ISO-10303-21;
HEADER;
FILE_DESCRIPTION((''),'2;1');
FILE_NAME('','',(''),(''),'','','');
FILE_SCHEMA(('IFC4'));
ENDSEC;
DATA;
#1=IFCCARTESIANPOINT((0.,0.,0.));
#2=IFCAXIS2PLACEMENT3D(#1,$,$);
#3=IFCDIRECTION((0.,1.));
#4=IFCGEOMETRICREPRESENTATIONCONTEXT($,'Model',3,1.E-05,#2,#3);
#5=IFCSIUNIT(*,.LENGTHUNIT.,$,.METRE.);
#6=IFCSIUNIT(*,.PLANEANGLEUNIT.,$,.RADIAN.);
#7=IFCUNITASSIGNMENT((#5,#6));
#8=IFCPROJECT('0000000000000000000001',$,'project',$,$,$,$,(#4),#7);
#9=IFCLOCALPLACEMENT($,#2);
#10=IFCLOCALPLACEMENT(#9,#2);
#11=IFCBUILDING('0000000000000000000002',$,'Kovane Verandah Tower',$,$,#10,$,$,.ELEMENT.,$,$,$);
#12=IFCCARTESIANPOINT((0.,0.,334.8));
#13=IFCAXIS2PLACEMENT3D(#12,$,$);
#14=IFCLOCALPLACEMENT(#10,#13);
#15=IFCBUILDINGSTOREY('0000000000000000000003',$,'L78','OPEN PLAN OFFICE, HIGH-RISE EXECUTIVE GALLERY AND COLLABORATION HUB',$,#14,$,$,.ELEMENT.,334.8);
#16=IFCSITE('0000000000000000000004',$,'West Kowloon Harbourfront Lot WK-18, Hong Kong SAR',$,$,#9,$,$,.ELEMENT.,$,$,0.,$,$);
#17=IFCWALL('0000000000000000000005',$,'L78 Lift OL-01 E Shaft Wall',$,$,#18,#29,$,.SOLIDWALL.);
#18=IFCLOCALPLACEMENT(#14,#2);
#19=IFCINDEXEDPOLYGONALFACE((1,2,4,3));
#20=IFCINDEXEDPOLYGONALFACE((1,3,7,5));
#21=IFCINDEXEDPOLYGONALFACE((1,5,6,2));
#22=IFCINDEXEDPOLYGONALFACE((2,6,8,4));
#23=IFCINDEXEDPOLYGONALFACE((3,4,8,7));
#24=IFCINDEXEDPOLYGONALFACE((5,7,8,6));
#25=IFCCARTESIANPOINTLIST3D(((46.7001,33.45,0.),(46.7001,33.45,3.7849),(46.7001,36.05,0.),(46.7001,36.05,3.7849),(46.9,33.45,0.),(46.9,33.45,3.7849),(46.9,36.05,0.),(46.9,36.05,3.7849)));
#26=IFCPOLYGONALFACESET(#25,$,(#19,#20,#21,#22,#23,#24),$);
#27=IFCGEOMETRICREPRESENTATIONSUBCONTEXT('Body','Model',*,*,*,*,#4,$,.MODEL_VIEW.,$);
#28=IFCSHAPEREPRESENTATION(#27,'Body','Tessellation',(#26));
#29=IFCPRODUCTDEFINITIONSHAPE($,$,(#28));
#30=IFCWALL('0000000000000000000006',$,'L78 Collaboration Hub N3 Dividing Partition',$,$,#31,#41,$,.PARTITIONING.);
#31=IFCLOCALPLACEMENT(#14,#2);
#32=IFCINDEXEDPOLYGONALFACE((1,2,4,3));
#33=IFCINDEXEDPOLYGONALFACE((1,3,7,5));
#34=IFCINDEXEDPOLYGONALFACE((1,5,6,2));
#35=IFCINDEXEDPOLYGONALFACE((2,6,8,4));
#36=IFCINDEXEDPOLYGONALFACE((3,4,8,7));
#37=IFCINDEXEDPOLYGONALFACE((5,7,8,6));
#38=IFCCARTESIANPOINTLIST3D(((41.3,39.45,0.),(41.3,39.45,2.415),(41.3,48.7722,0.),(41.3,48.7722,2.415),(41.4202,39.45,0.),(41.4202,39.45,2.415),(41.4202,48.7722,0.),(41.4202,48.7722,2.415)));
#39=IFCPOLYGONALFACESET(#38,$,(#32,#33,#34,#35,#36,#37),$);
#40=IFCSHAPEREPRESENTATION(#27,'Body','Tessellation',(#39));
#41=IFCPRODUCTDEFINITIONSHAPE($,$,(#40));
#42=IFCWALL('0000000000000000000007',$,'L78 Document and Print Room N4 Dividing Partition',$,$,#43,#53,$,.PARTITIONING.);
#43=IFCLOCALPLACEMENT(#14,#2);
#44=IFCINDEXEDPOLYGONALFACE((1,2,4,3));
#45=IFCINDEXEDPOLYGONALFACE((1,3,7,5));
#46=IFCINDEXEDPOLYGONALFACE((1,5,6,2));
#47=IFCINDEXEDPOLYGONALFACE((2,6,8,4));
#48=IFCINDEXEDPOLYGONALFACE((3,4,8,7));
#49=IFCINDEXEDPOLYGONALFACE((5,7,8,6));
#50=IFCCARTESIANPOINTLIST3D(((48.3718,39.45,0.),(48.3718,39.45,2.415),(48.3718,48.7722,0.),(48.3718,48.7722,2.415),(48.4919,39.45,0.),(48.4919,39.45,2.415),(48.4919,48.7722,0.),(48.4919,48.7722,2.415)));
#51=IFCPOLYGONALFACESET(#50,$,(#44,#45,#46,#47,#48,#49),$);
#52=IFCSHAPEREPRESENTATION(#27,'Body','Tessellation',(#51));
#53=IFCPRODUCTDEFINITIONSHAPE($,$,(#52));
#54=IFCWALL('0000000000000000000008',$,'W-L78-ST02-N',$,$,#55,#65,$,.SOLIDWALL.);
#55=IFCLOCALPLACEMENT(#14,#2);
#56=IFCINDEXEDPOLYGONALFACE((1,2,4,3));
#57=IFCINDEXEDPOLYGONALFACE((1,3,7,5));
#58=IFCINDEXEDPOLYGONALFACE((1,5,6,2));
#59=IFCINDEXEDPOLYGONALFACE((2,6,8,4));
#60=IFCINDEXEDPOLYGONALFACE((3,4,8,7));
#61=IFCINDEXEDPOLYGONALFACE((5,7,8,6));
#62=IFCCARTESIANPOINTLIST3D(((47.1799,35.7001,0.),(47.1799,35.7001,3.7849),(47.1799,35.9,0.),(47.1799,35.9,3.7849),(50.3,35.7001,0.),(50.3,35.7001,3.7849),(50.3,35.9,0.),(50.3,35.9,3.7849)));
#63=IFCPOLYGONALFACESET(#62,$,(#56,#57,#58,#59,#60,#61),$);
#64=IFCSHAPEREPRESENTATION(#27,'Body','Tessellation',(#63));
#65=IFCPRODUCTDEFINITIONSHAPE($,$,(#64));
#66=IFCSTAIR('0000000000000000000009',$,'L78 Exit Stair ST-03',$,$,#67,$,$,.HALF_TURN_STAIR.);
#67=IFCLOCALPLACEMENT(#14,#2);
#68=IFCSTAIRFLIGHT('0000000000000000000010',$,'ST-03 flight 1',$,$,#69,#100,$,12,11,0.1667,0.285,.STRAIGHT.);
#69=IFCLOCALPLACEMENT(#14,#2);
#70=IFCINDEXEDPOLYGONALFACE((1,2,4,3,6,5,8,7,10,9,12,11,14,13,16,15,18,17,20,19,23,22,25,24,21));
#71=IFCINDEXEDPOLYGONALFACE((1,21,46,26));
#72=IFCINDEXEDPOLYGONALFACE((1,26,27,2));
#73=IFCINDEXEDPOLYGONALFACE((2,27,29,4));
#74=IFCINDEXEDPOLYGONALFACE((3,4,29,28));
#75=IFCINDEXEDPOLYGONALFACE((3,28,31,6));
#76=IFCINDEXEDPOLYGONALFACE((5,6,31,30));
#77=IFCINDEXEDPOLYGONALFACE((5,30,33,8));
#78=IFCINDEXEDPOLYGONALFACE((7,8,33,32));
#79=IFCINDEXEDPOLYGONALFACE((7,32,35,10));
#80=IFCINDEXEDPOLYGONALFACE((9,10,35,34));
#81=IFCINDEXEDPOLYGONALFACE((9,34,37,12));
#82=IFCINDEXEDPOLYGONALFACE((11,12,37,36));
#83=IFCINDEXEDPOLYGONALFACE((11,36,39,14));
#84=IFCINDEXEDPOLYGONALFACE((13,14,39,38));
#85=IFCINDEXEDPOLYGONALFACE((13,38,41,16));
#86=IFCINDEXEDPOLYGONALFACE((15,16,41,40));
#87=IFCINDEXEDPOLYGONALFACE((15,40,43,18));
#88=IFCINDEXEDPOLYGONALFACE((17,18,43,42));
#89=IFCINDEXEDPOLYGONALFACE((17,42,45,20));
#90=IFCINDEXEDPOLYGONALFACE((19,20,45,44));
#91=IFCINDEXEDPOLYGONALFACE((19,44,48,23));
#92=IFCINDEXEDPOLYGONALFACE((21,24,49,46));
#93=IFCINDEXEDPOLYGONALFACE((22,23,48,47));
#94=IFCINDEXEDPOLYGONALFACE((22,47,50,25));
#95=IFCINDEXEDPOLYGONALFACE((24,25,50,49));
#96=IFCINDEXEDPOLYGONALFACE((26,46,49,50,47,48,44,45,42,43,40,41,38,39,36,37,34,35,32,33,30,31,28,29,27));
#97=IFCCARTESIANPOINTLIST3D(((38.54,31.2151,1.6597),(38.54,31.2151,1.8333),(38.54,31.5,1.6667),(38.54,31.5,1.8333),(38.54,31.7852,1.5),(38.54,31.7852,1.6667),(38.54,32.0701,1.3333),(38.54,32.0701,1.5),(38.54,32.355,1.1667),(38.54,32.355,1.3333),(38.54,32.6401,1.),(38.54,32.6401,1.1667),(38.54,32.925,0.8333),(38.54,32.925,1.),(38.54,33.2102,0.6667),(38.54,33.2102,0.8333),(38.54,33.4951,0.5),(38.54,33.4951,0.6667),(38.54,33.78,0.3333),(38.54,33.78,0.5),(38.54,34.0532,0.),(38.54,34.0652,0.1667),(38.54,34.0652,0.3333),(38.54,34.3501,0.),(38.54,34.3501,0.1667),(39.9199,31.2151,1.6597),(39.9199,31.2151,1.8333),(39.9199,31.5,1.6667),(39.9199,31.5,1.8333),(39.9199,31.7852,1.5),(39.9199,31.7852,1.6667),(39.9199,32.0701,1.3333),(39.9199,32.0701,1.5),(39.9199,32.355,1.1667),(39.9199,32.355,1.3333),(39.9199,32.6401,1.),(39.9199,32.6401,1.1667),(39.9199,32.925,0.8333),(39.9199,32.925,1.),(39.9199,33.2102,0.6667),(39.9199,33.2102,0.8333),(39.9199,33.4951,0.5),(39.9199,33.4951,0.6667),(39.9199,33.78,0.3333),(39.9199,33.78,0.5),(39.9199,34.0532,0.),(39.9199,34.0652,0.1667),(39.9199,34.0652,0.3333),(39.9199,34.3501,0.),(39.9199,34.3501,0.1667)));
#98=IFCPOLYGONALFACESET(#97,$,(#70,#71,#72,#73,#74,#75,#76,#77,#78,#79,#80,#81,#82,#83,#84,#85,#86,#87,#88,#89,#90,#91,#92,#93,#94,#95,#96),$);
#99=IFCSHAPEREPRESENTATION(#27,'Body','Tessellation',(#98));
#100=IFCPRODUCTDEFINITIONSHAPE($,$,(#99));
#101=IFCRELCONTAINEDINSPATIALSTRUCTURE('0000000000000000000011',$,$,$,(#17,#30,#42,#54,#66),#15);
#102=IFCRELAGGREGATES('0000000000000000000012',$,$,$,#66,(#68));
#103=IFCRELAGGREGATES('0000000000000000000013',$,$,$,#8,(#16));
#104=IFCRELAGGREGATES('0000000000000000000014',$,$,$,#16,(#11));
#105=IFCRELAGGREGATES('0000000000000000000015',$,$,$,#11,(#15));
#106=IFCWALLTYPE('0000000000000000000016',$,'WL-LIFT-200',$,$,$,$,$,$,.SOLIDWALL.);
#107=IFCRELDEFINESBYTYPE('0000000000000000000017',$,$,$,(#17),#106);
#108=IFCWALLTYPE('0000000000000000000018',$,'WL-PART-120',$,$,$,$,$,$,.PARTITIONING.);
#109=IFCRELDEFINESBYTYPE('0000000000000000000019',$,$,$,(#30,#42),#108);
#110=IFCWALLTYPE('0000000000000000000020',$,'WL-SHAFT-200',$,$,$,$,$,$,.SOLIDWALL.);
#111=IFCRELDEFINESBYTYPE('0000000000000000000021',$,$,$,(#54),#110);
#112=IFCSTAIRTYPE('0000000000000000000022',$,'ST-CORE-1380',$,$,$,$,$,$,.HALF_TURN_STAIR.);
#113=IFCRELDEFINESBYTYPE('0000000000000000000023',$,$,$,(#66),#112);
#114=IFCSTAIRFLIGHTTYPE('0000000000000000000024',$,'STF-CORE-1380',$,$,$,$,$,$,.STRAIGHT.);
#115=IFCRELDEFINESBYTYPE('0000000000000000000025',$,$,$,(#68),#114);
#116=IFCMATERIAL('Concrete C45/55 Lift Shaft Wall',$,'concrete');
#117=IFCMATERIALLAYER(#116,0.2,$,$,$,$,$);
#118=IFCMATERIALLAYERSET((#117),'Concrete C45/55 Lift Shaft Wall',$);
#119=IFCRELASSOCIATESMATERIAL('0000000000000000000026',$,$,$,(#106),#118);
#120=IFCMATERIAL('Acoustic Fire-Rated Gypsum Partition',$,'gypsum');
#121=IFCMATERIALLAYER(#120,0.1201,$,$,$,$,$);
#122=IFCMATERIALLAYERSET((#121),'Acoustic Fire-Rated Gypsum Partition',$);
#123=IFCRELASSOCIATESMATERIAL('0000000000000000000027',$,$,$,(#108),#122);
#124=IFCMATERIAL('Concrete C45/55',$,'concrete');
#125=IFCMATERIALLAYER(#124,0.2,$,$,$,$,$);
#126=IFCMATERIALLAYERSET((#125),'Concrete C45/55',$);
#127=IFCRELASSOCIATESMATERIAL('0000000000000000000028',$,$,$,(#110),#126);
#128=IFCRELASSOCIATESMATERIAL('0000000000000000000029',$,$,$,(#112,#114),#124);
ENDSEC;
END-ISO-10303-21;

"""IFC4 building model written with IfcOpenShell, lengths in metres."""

from ifc_helpers import new_model, si_unit, direction, frame, frame_2d, origin, place, context, subcontext, project, spatial, polyline, rectangle, outline, extrude, material, layer, layer_set, type_object, element, aggregate, save


model = new_model("IFC4")

# Units and contexts
model_context = context("Model", 3, precision=1e-05, world=origin(), true_north=direction((0.0, 1.0)))
body_context = subcontext(model_context, "Body", "Model", "MODEL_VIEW")
ifc_project = project(units=[si_unit("LENGTHUNIT", "METRE"), si_unit("PLANEANGLEUNIT", "RADIAN")], contexts=[model_context])

# Site, building, storey
site_placement = place(None, origin())
site = spatial("IfcSite", under=ifc_project, at=site_placement, Name="West Kowloon Harbourfront Lot WK-18, Hong Kong SAR", CompositionType="ELEMENT", RefElevation=0.0)
building_placement = place(site_placement, origin())
building = spatial("IfcBuilding", under=site, at=building_placement, Name="Kovane Verandah Tower", CompositionType="ELEMENT")
storey_placement = place(building_placement, frame((0.0, 0.0, 334.8)))
storey = spatial("IfcBuildingStorey", under=building, at=storey_placement, Name="L78", Description="OPEN PLAN OFFICE, HIGH-RISE EXECUTIVE GALLERY AND COLLABORATION HUB", CompositionType="ELEMENT", Elevation=334.8)

# Walls
ifc_material_1 = material(Name="Concrete C45/55 Lift Shaft Wall", Category="concrete")
ifc_layer_1 = layer(ifc_material_1, 0.2)
ifc_layer_set_1 = layer_set([ifc_layer_1], Name="Concrete C45/55 Lift Shaft Wall")
wall_type_1 = type_object("IfcWallType", Name="WL-LIFT-200", PredefinedType="SOLIDWALL", material=ifc_layer_set_1)
wall_1_placement = place(storey_placement, frame((46.8, 33.45, 0.0), z_axis=(0.0, 0.0, 1.0), x_axis=(0.0, 1.0, 0.0)))
element("IfcWall", 1, at=wall_1_placement, inside=storey, type_object=wall_type_1, Name="L78 Lift OL-01 E Shaft Wall", PredefinedType="SOLIDWALL", context=body_context, shape_type="SweptSolid", body=[
    extrude(rectangle(XDim=2.6001, YDim=0.2, at=frame_2d((1.3, 0.0))), origin(), (0.0, 0.0, 1.0), 3.7849),
])
ifc_material_2 = material(Name="Acoustic Fire-Rated Gypsum Partition", Category="gypsum")
ifc_layer_2 = layer(ifc_material_2, 0.1201)
ifc_layer_set_2 = layer_set([ifc_layer_2], Name="Acoustic Fire-Rated Gypsum Partition")
wall_type_2 = type_object("IfcWallType", Name="WL-PART-120", PredefinedType="PARTITIONING", material=ifc_layer_set_2)
for number, where, z_axis, x_axis, name in (
    (2, (41.3601, 39.45, 0.0), (0.0, 0.0, 1.0), (0.0, 1.0, 0.0), "L78 Collaboration Hub N3 Dividing Partition"),
    (3, (48.4319, 39.45, 0.0), (0.0, 0.0, 1.0), (0.0, 1.0, 0.0), "L78 Document and Print Room N4 Dividing Partition"),
):
    element("IfcWall", number, at=place(storey_placement, frame(where, z_axis=z_axis, x_axis=x_axis)), inside=storey, type_object=wall_type_2, Name=name, PredefinedType="PARTITIONING", context=body_context, shape_type="SweptSolid", body=[
        extrude(rectangle(XDim=9.3223, YDim=0.1201, at=frame_2d((4.6611, 0.0))), origin(), (0.0, 0.0, 1.0), 2.415),
    ])
ifc_material_3 = material(Name="Concrete C45/55", Category="concrete")
ifc_layer_3 = layer(ifc_material_3, 0.2)
ifc_layer_set_3 = layer_set([ifc_layer_3], Name="Concrete C45/55")
wall_type_3 = type_object("IfcWallType", Name="WL-SHAFT-200", PredefinedType="SOLIDWALL", material=ifc_layer_set_3)
wall_2_placement = place(storey_placement, frame((47.1799, 35.8, 0.0), z_axis=(0.0, 0.0, 1.0), x_axis=(1.0, 0.0, 0.0)))
element("IfcWall", 4, at=wall_2_placement, inside=storey, type_object=wall_type_3, Name="W-L78-ST02-N", PredefinedType="SOLIDWALL", context=body_context, shape_type="SweptSolid", body=[
    extrude(rectangle(XDim=3.1201, YDim=0.2, at=frame_2d((1.5601, 0.0))), origin(), (0.0, 0.0, 1.0), 3.7849),
])

# Stair, stair flight
stair_type = type_object("IfcStairType", Name="ST-CORE-1380", PredefinedType="HALF_TURN_STAIR", material=ifc_material_3)
stair_placement = place(storey_placement, origin())
stair = element("IfcStair", 5, at=stair_placement, inside=storey, type_object=stair_type, Name="L78 Exit Stair ST-03", PredefinedType="HALF_TURN_STAIR")
stair_flight_type = type_object("IfcStairFlightType", Name="STF-CORE-1380", PredefinedType="STRAIGHT", material=ifc_material_3)
stair_flight_placement = place(storey_placement, frame((39.23, 34.3501, 0.0), z_axis=(0.0, 0.0, 1.0), x_axis=(0.0, -1.0, 0.0)))
stair_flight = element("IfcStairFlight", 6, at=stair_flight_placement, type_object=stair_flight_type, Name="ST-03 flight 1", NumberOfRisers=12, NumberOfTreads=11, PredefinedType="STRAIGHT", RiserHeight=0.1667, TreadLength=0.285, context=body_context, shape_type="SweptSolid", body=[
    extrude(outline(polyline([(0.0, 0.0), (0.0, 0.1667), (0.2849, 0.1667), (0.2849, 0.3333), (0.5701, 0.3333), (0.5701, 0.5), (0.855, 0.5), (0.855, 0.6667), (1.1399, 0.6667), (1.1399, 0.8333), (1.425, 0.8333), (1.425, 1.0), (1.71, 1.0), (1.71, 1.1667), (1.9951, 1.1667), (1.9951, 1.3333), (2.28, 1.3333), (2.28, 1.5), (2.5649, 1.5), (2.5649, 1.6667), (2.8501, 1.6667), (2.8501, 1.8333), (3.135, 1.8333), (3.135, 2.0), (3.135, 1.6597), (0.2969, 0.0), (0.0, 0.0)])), frame((0.0, 0.6899, 0.0), z_axis=(0.0, -1.0, 0.0), x_axis=(1.0, 0.0, 0.0)), (0.0, 0.0, 1.0), 1.3799),
])
aggregate(stair, [stair_flight])

save(model, "model.ifc")
